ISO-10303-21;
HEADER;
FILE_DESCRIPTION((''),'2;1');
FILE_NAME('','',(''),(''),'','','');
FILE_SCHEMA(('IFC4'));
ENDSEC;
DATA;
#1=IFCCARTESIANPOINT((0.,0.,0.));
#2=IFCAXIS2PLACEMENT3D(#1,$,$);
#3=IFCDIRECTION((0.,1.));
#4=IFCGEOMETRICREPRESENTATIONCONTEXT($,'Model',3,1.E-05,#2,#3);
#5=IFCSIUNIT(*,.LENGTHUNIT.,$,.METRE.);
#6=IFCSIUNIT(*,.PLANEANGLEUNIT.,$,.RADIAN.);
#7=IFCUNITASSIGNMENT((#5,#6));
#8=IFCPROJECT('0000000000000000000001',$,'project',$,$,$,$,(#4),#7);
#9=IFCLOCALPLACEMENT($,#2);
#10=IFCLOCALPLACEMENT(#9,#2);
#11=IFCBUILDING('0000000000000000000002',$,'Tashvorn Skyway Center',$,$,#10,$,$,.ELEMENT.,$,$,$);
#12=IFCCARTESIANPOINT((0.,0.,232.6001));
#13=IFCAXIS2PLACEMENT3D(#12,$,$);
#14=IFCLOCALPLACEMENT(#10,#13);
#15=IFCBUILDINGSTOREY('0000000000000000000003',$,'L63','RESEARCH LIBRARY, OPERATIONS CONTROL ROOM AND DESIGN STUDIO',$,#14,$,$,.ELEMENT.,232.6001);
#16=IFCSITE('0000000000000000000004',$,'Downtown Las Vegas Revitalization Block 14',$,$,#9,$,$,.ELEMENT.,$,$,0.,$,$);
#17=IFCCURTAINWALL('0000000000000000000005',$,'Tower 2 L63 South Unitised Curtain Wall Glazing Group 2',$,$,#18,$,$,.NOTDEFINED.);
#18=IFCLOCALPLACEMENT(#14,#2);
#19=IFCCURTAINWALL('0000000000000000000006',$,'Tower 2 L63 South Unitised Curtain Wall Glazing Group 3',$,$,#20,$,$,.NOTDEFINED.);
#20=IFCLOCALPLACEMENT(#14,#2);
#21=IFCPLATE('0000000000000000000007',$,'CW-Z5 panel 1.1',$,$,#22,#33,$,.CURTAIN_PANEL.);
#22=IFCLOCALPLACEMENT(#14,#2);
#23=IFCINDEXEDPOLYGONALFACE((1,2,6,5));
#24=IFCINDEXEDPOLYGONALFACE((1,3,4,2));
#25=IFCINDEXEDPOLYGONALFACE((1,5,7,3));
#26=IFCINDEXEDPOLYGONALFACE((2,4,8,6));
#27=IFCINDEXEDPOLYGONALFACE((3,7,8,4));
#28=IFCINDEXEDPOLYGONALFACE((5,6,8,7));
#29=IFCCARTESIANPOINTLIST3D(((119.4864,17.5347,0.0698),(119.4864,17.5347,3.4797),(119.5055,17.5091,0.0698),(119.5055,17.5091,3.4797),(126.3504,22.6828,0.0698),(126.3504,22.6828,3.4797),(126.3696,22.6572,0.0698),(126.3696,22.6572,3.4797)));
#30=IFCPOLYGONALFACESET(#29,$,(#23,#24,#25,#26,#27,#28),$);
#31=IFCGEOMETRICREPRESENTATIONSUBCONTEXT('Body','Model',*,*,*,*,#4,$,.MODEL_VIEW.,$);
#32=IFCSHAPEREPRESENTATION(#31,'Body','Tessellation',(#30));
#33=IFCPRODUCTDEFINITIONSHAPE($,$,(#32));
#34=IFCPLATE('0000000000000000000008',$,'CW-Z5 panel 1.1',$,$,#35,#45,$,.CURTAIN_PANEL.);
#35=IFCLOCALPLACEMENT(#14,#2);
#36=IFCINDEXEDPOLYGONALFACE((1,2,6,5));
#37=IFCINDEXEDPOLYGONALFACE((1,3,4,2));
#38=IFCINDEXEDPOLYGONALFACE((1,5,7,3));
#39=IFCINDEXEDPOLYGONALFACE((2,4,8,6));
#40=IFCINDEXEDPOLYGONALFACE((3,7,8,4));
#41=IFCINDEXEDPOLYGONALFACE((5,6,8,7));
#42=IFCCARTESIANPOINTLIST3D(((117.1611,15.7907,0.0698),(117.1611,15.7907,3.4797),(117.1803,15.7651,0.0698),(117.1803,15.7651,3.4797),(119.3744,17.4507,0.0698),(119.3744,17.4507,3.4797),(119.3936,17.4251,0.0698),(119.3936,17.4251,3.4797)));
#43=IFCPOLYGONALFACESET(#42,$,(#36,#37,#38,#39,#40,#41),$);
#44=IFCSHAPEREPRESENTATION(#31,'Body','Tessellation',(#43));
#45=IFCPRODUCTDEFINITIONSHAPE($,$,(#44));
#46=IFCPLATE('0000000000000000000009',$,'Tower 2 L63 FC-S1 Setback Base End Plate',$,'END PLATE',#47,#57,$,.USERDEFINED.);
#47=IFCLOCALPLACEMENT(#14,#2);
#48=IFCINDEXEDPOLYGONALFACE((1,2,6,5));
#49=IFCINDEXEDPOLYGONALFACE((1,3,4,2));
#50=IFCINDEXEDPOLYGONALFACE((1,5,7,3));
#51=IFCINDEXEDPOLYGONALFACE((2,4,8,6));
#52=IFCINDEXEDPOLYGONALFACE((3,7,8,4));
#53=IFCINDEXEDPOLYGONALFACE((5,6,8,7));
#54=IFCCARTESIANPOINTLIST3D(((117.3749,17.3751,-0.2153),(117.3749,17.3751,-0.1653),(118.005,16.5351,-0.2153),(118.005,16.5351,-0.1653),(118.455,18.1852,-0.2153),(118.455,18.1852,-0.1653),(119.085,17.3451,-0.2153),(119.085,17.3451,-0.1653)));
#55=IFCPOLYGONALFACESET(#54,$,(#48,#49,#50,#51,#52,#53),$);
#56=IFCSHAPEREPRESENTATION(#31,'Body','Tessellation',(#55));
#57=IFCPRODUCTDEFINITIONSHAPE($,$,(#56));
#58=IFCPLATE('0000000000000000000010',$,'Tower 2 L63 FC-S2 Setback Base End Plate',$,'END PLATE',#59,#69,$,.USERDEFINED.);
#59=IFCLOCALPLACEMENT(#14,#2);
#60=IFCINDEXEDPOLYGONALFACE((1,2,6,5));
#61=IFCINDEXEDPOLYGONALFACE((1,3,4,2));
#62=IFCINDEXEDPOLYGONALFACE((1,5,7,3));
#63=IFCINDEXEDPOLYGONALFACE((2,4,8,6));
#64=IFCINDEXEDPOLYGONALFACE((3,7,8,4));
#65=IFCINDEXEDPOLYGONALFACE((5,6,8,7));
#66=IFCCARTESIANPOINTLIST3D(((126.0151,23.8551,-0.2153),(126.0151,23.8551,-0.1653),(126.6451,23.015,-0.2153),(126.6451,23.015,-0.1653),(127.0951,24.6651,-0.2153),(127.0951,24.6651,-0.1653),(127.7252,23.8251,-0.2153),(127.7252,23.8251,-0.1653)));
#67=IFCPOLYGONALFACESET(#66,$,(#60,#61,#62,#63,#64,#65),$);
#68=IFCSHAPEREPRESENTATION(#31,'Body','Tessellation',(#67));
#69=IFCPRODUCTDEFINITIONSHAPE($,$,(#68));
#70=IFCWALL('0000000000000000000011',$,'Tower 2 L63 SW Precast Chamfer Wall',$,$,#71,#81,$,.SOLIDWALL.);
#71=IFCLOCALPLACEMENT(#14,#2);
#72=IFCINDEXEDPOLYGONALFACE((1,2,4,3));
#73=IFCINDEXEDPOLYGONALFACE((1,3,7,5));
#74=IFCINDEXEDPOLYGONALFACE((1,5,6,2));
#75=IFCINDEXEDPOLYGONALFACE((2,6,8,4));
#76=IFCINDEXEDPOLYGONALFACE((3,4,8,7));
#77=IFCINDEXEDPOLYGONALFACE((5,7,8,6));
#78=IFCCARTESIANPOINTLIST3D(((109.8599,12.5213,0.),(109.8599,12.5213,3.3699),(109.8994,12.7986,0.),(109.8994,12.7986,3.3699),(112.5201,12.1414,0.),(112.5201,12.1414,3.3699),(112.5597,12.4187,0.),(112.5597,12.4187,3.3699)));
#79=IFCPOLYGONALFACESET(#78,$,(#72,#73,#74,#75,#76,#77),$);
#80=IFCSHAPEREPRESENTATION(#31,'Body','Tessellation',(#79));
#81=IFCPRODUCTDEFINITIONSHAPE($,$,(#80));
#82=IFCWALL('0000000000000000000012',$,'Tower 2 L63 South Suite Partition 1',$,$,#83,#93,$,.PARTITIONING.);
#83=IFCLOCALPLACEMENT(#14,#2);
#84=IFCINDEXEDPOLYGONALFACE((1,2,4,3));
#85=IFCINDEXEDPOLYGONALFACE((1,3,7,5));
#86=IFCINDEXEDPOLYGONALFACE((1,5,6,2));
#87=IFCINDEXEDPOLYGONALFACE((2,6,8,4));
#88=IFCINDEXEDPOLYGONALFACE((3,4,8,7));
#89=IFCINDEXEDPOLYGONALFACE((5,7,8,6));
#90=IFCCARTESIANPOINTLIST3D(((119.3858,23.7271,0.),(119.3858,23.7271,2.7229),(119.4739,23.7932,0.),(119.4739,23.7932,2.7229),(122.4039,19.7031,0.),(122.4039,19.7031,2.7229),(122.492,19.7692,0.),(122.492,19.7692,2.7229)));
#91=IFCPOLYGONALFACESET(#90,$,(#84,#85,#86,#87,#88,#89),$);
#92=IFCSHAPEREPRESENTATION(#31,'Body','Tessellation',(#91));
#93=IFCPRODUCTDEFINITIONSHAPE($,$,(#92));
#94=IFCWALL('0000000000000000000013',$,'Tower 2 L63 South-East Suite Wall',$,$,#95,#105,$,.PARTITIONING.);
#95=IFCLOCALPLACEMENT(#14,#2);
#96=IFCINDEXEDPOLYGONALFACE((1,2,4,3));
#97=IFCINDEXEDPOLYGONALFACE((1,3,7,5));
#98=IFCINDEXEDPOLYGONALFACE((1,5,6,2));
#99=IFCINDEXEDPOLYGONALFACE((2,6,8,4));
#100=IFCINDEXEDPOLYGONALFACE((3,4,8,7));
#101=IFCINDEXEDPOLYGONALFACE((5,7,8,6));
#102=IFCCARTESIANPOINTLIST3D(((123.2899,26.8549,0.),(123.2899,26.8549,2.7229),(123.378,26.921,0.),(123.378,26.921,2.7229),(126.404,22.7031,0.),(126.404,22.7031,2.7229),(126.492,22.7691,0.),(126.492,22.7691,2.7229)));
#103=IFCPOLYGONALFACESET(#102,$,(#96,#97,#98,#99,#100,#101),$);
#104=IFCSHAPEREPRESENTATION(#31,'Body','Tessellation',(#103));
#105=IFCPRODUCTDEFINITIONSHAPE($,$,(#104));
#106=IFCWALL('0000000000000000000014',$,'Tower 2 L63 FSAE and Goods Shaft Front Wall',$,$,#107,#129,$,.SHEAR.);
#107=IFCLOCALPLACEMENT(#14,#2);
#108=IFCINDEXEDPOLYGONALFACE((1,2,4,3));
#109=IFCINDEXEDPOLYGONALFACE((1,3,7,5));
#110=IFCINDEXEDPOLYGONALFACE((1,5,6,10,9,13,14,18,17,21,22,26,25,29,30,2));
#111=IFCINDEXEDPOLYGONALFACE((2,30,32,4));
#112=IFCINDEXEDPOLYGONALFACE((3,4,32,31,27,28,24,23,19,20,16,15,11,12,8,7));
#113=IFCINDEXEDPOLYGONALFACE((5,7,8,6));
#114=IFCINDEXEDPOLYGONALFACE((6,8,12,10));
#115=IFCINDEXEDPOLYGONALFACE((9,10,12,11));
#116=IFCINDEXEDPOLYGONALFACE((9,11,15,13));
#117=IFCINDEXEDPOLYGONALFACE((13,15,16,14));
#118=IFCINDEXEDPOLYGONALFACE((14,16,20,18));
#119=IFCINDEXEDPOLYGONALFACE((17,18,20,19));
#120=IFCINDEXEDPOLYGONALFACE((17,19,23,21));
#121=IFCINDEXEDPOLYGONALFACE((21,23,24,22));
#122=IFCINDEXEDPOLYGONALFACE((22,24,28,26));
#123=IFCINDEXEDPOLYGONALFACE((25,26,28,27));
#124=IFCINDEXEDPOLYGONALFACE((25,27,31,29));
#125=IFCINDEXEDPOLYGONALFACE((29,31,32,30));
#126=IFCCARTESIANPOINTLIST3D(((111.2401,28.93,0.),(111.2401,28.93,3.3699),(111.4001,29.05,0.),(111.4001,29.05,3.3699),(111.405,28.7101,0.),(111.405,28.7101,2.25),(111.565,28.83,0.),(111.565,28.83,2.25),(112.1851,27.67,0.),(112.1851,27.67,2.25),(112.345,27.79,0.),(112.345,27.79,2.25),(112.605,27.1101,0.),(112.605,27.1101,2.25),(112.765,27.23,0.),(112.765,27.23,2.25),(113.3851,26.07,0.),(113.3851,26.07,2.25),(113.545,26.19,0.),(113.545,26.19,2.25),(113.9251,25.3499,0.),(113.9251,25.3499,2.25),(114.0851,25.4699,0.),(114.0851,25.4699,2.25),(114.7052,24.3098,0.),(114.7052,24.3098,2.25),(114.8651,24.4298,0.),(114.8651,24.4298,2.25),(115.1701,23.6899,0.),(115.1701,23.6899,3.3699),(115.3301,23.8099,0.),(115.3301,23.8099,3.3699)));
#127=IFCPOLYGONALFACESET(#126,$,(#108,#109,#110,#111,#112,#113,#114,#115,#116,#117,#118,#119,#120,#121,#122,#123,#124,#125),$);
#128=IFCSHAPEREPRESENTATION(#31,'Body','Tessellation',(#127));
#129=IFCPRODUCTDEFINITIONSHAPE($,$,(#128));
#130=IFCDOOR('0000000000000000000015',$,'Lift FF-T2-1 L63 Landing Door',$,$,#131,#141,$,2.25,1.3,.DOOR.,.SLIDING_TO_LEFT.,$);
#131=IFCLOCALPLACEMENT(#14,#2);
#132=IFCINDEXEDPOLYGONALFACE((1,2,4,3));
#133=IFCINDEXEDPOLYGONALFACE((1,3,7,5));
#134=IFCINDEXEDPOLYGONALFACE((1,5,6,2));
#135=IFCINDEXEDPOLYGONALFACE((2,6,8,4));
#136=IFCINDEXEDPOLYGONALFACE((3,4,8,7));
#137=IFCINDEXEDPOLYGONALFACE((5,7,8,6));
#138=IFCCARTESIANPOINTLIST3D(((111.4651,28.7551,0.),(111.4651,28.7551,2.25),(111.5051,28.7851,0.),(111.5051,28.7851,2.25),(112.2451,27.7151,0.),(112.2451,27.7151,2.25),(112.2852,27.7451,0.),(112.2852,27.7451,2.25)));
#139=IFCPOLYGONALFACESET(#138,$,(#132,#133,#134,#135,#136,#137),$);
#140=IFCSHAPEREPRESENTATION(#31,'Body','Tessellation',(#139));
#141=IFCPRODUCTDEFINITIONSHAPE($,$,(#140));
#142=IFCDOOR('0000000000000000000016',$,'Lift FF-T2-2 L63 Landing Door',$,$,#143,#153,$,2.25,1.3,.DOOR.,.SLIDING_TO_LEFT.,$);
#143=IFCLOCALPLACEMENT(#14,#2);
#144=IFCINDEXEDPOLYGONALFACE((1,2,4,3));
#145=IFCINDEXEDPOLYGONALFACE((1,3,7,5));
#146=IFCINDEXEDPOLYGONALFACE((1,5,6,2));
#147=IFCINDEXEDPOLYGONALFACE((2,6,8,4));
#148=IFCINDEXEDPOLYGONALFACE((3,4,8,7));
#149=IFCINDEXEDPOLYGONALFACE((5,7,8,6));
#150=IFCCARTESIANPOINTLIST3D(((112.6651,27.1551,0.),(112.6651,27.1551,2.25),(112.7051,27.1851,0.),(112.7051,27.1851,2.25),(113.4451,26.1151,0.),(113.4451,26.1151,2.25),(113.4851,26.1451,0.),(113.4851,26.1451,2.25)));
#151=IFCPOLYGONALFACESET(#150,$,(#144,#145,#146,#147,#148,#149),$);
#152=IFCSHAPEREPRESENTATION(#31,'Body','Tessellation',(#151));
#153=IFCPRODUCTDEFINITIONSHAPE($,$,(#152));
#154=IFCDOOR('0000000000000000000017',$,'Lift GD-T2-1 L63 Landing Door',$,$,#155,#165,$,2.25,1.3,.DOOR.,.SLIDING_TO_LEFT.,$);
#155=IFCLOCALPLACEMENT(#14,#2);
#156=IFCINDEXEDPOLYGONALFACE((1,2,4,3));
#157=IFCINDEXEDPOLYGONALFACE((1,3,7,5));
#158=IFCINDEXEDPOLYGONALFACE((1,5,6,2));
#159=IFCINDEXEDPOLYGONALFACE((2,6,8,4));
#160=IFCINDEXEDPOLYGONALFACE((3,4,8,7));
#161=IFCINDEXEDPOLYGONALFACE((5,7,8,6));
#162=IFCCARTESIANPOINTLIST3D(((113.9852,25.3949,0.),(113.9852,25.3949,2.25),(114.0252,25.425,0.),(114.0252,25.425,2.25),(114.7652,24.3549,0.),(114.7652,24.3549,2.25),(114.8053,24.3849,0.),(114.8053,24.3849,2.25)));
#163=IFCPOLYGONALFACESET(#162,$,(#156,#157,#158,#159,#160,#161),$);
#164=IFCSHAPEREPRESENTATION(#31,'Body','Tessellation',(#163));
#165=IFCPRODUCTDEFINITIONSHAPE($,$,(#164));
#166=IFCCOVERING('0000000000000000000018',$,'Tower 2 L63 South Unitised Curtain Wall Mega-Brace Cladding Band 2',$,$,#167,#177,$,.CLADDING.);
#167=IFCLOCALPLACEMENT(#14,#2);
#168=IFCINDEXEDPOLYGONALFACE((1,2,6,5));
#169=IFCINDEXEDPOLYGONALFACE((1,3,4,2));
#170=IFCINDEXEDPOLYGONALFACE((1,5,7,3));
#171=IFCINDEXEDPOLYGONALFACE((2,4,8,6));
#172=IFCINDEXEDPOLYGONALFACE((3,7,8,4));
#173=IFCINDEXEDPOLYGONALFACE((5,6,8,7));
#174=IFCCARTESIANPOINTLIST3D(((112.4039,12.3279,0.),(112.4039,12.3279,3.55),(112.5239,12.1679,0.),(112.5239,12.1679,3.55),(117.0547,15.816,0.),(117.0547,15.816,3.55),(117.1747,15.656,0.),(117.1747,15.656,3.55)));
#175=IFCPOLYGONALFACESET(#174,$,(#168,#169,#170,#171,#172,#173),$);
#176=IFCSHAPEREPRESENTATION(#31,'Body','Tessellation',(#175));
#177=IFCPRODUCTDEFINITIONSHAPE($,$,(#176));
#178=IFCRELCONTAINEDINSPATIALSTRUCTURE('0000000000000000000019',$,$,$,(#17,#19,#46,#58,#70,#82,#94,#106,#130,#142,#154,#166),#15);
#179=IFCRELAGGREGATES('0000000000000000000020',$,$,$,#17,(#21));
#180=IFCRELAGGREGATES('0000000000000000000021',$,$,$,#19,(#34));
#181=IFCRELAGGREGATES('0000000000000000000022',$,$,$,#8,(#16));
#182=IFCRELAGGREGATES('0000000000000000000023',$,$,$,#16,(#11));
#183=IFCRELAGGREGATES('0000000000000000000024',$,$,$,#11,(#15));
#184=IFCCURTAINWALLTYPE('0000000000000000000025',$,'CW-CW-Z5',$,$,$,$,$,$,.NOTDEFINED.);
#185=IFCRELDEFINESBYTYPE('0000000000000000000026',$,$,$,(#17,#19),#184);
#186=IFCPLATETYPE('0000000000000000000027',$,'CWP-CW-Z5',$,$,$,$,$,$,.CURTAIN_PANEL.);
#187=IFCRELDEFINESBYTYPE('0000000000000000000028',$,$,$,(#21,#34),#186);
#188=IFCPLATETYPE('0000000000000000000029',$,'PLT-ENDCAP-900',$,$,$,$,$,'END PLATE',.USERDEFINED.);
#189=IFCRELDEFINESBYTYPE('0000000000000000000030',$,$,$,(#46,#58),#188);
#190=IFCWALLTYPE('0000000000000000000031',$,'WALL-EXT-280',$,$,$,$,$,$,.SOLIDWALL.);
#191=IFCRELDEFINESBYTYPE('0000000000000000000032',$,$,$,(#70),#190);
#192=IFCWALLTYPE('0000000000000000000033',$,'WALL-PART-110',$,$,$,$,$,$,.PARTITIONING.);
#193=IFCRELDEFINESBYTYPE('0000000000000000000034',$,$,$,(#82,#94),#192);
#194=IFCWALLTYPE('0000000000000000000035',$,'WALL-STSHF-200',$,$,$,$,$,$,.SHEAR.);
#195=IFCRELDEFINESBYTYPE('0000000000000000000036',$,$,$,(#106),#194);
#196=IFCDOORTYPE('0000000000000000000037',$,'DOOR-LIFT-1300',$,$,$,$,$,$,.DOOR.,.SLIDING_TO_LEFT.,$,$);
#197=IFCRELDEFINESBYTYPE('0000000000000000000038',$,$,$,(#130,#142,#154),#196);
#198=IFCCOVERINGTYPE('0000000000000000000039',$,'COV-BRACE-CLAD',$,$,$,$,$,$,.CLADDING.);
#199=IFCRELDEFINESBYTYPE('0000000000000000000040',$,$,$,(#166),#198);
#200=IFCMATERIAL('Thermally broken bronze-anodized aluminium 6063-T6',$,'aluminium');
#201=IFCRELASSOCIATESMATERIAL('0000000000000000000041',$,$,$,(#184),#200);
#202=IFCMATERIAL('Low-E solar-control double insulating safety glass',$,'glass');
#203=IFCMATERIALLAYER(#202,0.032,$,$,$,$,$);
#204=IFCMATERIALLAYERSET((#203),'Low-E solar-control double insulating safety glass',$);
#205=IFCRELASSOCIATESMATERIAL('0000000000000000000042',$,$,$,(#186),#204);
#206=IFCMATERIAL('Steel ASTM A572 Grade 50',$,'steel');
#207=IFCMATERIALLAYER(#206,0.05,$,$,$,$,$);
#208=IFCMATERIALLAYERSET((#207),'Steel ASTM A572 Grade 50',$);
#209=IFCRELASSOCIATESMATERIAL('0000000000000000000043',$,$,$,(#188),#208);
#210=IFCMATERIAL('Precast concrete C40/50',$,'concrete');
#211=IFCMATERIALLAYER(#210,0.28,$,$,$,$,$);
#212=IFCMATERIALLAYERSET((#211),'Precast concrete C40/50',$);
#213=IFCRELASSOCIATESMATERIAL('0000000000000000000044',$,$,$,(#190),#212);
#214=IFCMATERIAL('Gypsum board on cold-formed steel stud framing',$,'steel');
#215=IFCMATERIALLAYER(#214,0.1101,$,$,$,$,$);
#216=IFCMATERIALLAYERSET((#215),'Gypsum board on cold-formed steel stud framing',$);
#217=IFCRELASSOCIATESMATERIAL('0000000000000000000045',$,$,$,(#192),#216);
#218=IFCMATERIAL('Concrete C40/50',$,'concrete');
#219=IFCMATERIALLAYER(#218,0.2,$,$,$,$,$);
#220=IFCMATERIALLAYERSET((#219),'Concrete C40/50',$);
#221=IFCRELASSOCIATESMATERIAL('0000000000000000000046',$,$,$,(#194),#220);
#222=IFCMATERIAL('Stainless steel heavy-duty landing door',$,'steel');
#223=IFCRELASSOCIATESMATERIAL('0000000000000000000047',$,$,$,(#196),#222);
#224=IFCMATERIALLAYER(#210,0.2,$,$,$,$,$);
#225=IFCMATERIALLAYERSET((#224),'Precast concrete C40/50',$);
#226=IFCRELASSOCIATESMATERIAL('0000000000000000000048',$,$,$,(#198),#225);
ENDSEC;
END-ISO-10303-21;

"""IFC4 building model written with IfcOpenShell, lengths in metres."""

from ifc_helpers import new_model, si_unit, direction, frame, frame_2d, origin, origin_2d, place, context, subcontext, project, spatial, rectangle, extrude, material, layer, layer_set, type_object, element, fill, aggregate, save


model = new_model("IFC4")

# Units and contexts
model_context = context("Model", 3, precision=1e-05, world=origin(), true_north=direction((0.0, 1.0)))
body_context = subcontext(model_context, "Body", "Model", "MODEL_VIEW")
ifc_project = project(units=[si_unit("LENGTHUNIT", "METRE"), si_unit("PLANEANGLEUNIT", "RADIAN")], contexts=[model_context])

# Site, building, storey
site_placement = place(None, origin())
site = spatial("IfcSite", under=ifc_project, at=site_placement, Name="Downtown Las Vegas Revitalization Block 14", CompositionType="ELEMENT", RefElevation=0.0)
building_placement = place(site_placement, origin())
building = spatial("IfcBuilding", under=site, at=building_placement, Name="Tashvorn Skyway Center", CompositionType="ELEMENT")
storey_placement = place(building_placement, frame((0.0, 0.0, 232.6001)))
storey = spatial("IfcBuildingStorey", under=building, at=storey_placement, Name="L63", Description="RESEARCH LIBRARY, OPERATIONS CONTROL ROOM AND DESIGN STUDIO", CompositionType="ELEMENT", Elevation=232.6001)

# Shared definitions
ifc_material_1 = material(Name="Steel ASTM A572 Grade 50", Category="steel")

# Curtain walls
ifc_material_2 = material(Name="Thermally broken bronze-anodized aluminium 6063-T6", Category="aluminium")
curtain_wall_type = type_object("IfcCurtainWallType", Name="CW-CW-Z5", PredefinedType="NOTDEFINED", material=ifc_material_2)
curtain_wall_1_placement = place(storey_placement, origin())
curtain_wall_1 = element("IfcCurtainWall", 1, at=curtain_wall_1_placement, inside=storey, type_object=curtain_wall_type, Name="Tower 2 L63 South Unitised Curtain Wall Glazing Group 2", PredefinedType="NOTDEFINED")
curtain_wall_2_placement = place(storey_placement, origin())
curtain_wall_2 = element("IfcCurtainWall", 2, at=curtain_wall_2_placement, inside=storey, type_object=curtain_wall_type, Name="Tower 2 L63 South Unitised Curtain Wall Glazing Group 3", PredefinedType="NOTDEFINED")

# Plates
ifc_material_3 = material(Name="Low-E solar-control double insulating safety glass", Category="glass")
ifc_layer_1 = layer(ifc_material_3, 0.032)
ifc_layer_set_1 = layer_set([ifc_layer_1], Name="Low-E solar-control double insulating safety glass")
plate_type_1 = type_object("IfcPlateType", Name="CWP-CW-Z5", PredefinedType="CURTAIN_PANEL", material=ifc_layer_set_1)
plate_1_placement = place(storey_placement, frame((122.928, 20.0959, 0.0698), z_axis=(0.0, 0.0, 1.0), x_axis=(-0.8, -0.6, 0.0)))
plate_1 = element("IfcPlate", 3, at=plate_1_placement, type_object=plate_type_1, Name="CW-Z5 panel 1.1", PredefinedType="CURTAIN_PANEL", context=body_context, shape_type="SweptSolid", body=[
    extrude(rectangle(XDim=8.5801, YDim=0.032, at=origin_2d()), origin(), (0.0, 0.0, 1.0), 3.4099),
])
aggregate(curtain_wall_1, [plate_1])
plate_2_placement = place(storey_placement, frame((118.2773, 16.6079, 0.0698), z_axis=(0.0, 0.0, 1.0), x_axis=(-0.799996, -0.600006, 0.0)))
plate_2 = element("IfcPlate", 4, at=plate_2_placement, type_object=plate_type_1, Name="CW-Z5 panel 1.1", PredefinedType="CURTAIN_PANEL", context=body_context, shape_type="SweptSolid", body=[
    extrude(rectangle(XDim=2.7666, YDim=0.032, at=origin_2d()), origin(), (0.0, 0.0, 1.0), 3.4099),
])
aggregate(curtain_wall_2, [plate_2])

# Plates
ifc_layer_2 = layer(ifc_material_1, 0.05)
ifc_layer_set_2 = layer_set([ifc_layer_2], Name="Steel ASTM A572 Grade 50")
plate_type_2 = type_object("IfcPlateType", Name="PLT-ENDCAP-900", ElementType="END PLATE", PredefinedType="USERDEFINED", material=ifc_layer_set_2)
for number, where, z_axis, x_axis, name in (
    (5, (118.23, 17.3601, -0.2153), (0.0, 0.0, 1.0), (0.8, 0.6, 0.0), "Tower 2 L63 FC-S1 Setback Base End Plate"),
    (6, (126.8701, 23.8401, -0.2153), (0.0, 0.0, 1.0), (0.8, 0.6, 0.0), "Tower 2 L63 FC-S2 Setback Base End Plate"),
):
    element("IfcPlate", number, at=place(storey_placement, frame(where, z_axis=z_axis, x_axis=x_axis)), inside=storey, type_object=plate_type_2, Name=name, ObjectType="END PLATE", PredefinedType="USERDEFINED", context=body_context, shape_type="SweptSolid", body=[
        extrude(rectangle(XDim=1.3501, YDim=1.05, at=origin_2d()), origin(), (0.0, 0.0, 1.0), 0.05),
    ])

# Walls
ifc_material_4 = material(Name="Precast concrete C40/50", Category="concrete")
ifc_layer_3 = layer(ifc_material_4, 0.28)
ifc_layer_set_3 = layer_set([ifc_layer_3], Name="Precast concrete C40/50")
wall_type_1 = type_object("IfcWallType", Name="WALL-EXT-280", PredefinedType="SOLIDWALL", material=ifc_layer_set_3)
wall_1_placement = place(storey_placement, frame((112.54, 12.28, 0.0), z_axis=(0.0, 0.0, 1.0), x_axis=(-0.989957, 0.14137, 0.0)))
element("IfcWall", 7, at=wall_1_placement, inside=storey, type_object=wall_type_1, Name="Tower 2 L63 SW Precast Chamfer Wall", PredefinedType="SOLIDWALL", context=body_context, shape_type="SweptSolid", body=[
    extrude(rectangle(XDim=2.6873, YDim=0.28, at=frame_2d((1.3438, 0.0))), origin(), (0.0, 0.0, 1.0), 3.3699),
])
ifc_material_5 = material(Name="Gypsum board on cold-formed steel stud framing", Category="steel")
ifc_layer_4 = layer(ifc_material_5, 0.1101)
ifc_layer_set_4 = layer_set([ifc_layer_4], Name="Gypsum board on cold-formed steel stud framing")
wall_type_2 = type_object("IfcWallType", Name="WALL-PART-110", PredefinedType="PARTITIONING", material=ifc_layer_set_4)
wall_2_placement = place(storey_placement, frame((122.448, 19.7361, 0.0), z_axis=(0.0, 0.0, 1.0), x_axis=(-0.600016, 0.799988, 0.0)))
element("IfcWall", 8, at=wall_2_placement, inside=storey, type_object=wall_type_2, Name="Tower 2 L63 South Suite Partition 1", PredefinedType="PARTITIONING", context=body_context, shape_type="SweptSolid", body=[
    extrude(rectangle(XDim=5.03, YDim=0.1101, at=frame_2d((2.5151, 0.0))), origin(), (0.0, 0.0, 1.0), 2.7229),
])
wall_3_placement = place(storey_placement, frame((126.448, 22.7361, 0.0), z_axis=(0.0, 0.0, 1.0), x_axis=(-0.600015, 0.799989, 0.0)))
element("IfcWall", 9, at=wall_3_placement, inside=storey, type_object=wall_type_2, Name="Tower 2 L63 South-East Suite Wall", PredefinedType="PARTITIONING", context=body_context, shape_type="SweptSolid", body=[
    extrude(rectangle(XDim=5.1899, YDim=0.1101, at=frame_2d((2.595, 0.0))), origin(), (0.0, 0.0, 1.0), 2.7229),
])

# Wall, openings, doors
ifc_material_6 = material(Name="Concrete C40/50", Category="concrete")
ifc_layer_5 = layer(ifc_material_6, 0.2)
ifc_layer_set_5 = layer_set([ifc_layer_5], Name="Concrete C40/50")
wall_type_3 = type_object("IfcWallType", Name="WALL-STSHF-200", PredefinedType="SHEAR", material=ifc_layer_set_5)
wall_4_placement = place(storey_placement, frame((115.25, 23.75, 0.0), z_axis=(0.0, 0.0, 1.0), x_axis=(-0.599994, 0.800004, 0.0)))
wall_4 = element("IfcWall", 10, at=wall_4_placement, inside=storey, type_object=wall_type_3, Name="Tower 2 L63 FSAE and Goods Shaft Front Wall", PredefinedType="SHEAR", context=body_context, shape_type="SweptSolid", body=[
    extrude(rectangle(XDim=6.55, YDim=0.2, at=frame_2d((3.2749, 0.0))), origin(), (0.0, 0.0, 1.0), 3.3699),
])
opening_1_placement = place(wall_4_placement, frame((4.9751, 0.0, 0.0)))
opening_1 = element("IfcOpeningElement", 11, at=opening_1_placement, cuts=wall_4, PredefinedType="OPENING", context=body_context, shape_type="SweptSolid", body=[
    extrude(rectangle(XDim=1.3, YDim=2.25, at=frame_2d((0.6499, 1.125))), frame((0.0, 0.1099, 0.0), z_axis=(0.0, -1.0, 0.0), x_axis=(1.0, 0.0, 0.0)), (0.0, 0.0, 1.0), 0.22),
])
opening_2_placement = place(wall_4_placement, frame((2.9751, 0.0, 0.0)))
opening_2 = element("IfcOpeningElement", 12, at=opening_2_placement, cuts=wall_4, PredefinedType="OPENING", context=body_context, shape_type="SweptSolid", body=[
    extrude(rectangle(XDim=1.3, YDim=2.25, at=frame_2d((0.6499, 1.125))), frame((0.0, 0.1099, 0.0), z_axis=(0.0, -1.0, 0.0), x_axis=(1.0, 0.0, 0.0)), (0.0, 0.0, 1.0), 0.22),
])
opening_3_placement = place(wall_4_placement, frame((0.7749, 0.0, 0.0)))
opening_3 = element("IfcOpeningElement", 13, at=opening_3_placement, cuts=wall_4, PredefinedType="OPENING", context=body_context, shape_type="SweptSolid", body=[
    extrude(rectangle(XDim=1.3, YDim=2.25, at=frame_2d((0.6499, 1.125))), frame((0.0, 0.1099, 0.0), z_axis=(0.0, -1.0, 0.0), x_axis=(1.0, 0.0, 0.0)), (0.0, 0.0, 1.0), 0.22),
])
ifc_material_7 = material(Name="Stainless steel heavy-duty landing door", Category="steel")
door_type = type_object("IfcDoorType", Name="DOOR-LIFT-1300", OperationType="SLIDING_TO_LEFT", PredefinedType="DOOR", material=ifc_material_7)
door_1_placement = place(opening_1_placement, origin())
door_1 = element("IfcDoor", 14, at=door_1_placement, inside=storey, type_object=door_type, Name="Lift FF-T2-1 L63 Landing Door", OperationType="SLIDING_TO_LEFT", OverallHeight=2.25, OverallWidth=1.3, PredefinedType="DOOR", context=body_context, shape_type="SweptSolid", body=[
    extrude(rectangle(XDim=1.3, YDim=2.25, at=frame_2d((0.6499, 1.125))), frame((0.0, 0.0249, 0.0), z_axis=(0.0, -1.0, 0.0), x_axis=(1.0, 0.0, 0.0)), (0.0, 0.0, 1.0), 0.05),
])
fill(opening_1, door_1)
door_2_placement = place(opening_2_placement, origin())
door_2 = element("IfcDoor", 15, at=door_2_placement, inside=storey, type_object=door_type, Name="Lift FF-T2-2 L63 Landing Door", OperationType="SLIDING_TO_LEFT", OverallHeight=2.25, OverallWidth=1.3, PredefinedType="DOOR", context=body_context, shape_type="SweptSolid", body=[
    extrude(rectangle(XDim=1.3, YDim=2.25, at=frame_2d((0.6499, 1.125))), frame((0.0, 0.0249, 0.0), z_axis=(0.0, -1.0, 0.0), x_axis=(1.0, 0.0, 0.0)), (0.0, 0.0, 1.0), 0.05),
])
fill(opening_2, door_2)
door_3_placement = place(opening_3_placement, origin())
door_3 = element("IfcDoor", 16, at=door_3_placement, inside=storey, type_object=door_type, Name="Lift GD-T2-1 L63 Landing Door", OperationType="SLIDING_TO_LEFT", OverallHeight=2.25, OverallWidth=1.3, PredefinedType="DOOR", context=body_context, shape_type="SweptSolid", body=[
    extrude(rectangle(XDim=1.3, YDim=2.25, at=frame_2d((0.6499, 1.125))), frame((0.0, 0.0249, 0.0), z_axis=(0.0, -1.0, 0.0), x_axis=(1.0, 0.0, 0.0)), (0.0, 0.0, 1.0), 0.05),
])
fill(opening_3, door_3)

# Covering
ifc_layer_6 = layer(ifc_material_4, 0.2)
ifc_layer_set_6 = layer_set([ifc_layer_6], Name="Precast concrete C40/50")
covering_type_1 = type_object("IfcCoveringType", Name="COV-BRACE-CLAD", PredefinedType="CLADDING", material=ifc_layer_set_6)
covering_placement = place(storey_placement, frame((114.7893, 13.9919, 0.0), z_axis=(0.0, 0.0, 1.0), x_axis=(-0.8, -0.6, 0.0)))
element("IfcCovering", 17, at=covering_placement, inside=storey, type_object=covering_type_1, Name="Tower 2 L63 South Unitised Curtain Wall Mega-Brace Cladding Band 2", PredefinedType="CLADDING", context=body_context, shape_type="SweptSolid", body=[
    extrude(rectangle(XDim=5.8135, YDim=0.2, at=origin_2d()), origin(), (0.0, 0.0, 1.0), 3.55),
])

save(model, "model.ifc")
